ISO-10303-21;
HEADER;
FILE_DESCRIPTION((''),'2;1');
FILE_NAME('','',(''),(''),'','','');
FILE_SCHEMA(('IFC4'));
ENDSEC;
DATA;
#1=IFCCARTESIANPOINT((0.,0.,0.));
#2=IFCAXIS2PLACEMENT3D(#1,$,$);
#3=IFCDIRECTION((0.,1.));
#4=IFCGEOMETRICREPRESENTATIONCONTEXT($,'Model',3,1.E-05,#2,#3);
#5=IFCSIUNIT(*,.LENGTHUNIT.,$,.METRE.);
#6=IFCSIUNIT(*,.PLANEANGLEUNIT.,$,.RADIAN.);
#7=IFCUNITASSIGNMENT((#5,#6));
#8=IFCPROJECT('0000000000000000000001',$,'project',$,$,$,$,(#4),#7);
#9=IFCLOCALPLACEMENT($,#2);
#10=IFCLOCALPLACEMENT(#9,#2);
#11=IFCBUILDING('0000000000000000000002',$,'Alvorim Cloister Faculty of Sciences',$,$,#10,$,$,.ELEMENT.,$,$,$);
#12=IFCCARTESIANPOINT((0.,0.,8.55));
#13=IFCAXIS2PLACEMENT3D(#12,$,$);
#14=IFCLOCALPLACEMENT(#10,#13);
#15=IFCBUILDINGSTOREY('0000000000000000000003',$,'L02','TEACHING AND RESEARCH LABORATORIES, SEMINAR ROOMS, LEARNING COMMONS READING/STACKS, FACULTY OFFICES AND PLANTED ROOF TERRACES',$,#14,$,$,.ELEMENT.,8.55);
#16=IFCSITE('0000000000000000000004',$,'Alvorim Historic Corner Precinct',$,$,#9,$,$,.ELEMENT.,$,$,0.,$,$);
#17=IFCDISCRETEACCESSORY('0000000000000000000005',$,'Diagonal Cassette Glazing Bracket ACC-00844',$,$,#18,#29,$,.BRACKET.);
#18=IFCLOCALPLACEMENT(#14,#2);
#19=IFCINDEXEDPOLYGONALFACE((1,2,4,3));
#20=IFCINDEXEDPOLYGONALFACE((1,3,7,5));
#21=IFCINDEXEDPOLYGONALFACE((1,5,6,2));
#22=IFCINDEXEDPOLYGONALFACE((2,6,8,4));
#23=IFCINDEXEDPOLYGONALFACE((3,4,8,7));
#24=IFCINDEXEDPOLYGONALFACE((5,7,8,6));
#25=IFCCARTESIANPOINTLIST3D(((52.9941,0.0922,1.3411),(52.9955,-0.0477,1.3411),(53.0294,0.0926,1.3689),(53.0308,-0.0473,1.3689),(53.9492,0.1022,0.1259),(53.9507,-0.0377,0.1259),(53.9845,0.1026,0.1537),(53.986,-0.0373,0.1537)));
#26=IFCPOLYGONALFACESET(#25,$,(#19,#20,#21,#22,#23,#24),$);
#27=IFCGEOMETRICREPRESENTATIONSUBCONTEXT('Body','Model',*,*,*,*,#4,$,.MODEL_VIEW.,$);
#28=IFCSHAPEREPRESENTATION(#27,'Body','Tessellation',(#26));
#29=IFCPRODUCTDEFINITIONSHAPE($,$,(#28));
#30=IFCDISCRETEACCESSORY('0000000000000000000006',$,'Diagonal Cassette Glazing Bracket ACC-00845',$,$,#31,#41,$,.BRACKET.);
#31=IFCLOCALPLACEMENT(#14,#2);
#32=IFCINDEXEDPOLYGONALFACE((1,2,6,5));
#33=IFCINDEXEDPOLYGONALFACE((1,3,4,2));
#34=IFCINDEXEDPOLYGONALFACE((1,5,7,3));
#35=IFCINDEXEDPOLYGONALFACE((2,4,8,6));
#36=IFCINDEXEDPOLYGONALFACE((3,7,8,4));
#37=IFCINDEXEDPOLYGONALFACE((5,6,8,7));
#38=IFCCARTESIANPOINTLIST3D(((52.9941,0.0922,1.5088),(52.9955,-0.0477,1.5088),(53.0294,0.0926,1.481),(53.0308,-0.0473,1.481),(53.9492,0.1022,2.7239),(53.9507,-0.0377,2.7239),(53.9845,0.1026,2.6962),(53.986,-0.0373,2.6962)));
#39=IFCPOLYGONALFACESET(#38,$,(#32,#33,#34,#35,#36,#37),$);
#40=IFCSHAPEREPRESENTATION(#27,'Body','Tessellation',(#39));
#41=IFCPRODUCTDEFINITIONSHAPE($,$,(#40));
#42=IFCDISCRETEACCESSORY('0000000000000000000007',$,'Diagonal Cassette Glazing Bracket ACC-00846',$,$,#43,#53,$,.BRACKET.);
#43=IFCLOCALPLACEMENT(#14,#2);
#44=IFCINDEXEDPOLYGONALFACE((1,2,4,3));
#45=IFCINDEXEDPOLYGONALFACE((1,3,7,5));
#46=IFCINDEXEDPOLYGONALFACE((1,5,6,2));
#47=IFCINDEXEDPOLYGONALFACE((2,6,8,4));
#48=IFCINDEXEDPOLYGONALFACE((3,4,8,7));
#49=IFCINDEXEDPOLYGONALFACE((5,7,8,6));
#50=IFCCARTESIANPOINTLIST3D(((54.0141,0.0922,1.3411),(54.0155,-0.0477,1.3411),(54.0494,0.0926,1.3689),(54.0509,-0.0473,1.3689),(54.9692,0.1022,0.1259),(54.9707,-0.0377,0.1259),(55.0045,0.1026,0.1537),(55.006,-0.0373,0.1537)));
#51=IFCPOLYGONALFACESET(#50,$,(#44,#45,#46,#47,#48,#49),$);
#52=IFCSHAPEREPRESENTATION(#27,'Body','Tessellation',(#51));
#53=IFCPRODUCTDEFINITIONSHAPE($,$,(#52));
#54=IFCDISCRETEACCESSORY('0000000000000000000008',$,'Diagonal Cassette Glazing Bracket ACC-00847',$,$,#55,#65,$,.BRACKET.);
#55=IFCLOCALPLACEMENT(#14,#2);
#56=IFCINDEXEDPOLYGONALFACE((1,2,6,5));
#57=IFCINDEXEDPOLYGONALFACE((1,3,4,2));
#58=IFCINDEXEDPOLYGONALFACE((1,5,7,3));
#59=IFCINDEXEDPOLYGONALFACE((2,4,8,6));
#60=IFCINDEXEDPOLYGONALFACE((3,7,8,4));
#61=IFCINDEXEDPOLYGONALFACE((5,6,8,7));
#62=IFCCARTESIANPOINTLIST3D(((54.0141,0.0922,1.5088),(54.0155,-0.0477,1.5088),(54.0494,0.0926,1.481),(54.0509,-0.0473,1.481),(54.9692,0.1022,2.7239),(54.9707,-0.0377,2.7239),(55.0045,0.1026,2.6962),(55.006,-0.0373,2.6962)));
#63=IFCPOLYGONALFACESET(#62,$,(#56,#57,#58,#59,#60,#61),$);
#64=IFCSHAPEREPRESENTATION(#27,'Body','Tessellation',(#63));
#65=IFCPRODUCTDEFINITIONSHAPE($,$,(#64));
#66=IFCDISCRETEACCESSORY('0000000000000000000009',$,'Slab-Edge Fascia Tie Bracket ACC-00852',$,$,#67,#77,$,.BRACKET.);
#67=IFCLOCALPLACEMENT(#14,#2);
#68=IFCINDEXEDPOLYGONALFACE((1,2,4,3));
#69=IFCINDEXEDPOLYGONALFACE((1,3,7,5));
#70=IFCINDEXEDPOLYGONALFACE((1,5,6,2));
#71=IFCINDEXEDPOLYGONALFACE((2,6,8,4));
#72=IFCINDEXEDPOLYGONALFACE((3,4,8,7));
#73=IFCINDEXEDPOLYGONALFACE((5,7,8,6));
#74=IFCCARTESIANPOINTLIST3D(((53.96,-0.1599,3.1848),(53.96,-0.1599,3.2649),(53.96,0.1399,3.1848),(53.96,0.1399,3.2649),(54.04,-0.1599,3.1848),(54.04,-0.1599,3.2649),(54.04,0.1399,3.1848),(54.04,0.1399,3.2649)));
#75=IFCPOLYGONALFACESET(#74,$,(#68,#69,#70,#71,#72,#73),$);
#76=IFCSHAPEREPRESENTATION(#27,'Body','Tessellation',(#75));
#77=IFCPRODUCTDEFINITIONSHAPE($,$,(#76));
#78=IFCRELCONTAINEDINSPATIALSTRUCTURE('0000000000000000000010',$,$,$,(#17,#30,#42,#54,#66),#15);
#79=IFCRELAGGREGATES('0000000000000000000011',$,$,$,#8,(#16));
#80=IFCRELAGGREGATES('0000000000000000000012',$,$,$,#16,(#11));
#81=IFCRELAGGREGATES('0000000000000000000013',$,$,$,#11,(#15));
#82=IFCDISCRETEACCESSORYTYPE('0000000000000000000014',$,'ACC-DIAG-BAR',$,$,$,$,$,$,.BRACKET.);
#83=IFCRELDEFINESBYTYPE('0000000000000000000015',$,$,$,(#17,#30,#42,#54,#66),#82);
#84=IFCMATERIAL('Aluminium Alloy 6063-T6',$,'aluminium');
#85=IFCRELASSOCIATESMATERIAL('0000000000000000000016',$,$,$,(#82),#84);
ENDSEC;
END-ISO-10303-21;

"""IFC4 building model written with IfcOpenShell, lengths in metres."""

from ifc_helpers import new_model, si_unit, direction, frame, origin, origin_2d, place, context, subcontext, project, spatial, rectangle, extrude, material, type_object, element, save


model = new_model("IFC4")

# Units and contexts
model_context = context("Model", 3, precision=1e-05, world=origin(), true_north=direction((0.0, 1.0)))
body_context = subcontext(model_context, "Body", "Model", "MODEL_VIEW")
ifc_project = project(units=[si_unit("LENGTHUNIT", "METRE"), si_unit("PLANEANGLEUNIT", "RADIAN")], contexts=[model_context])

# Site, building, storey
site_placement = place(None, origin())
site = spatial("IfcSite", under=ifc_project, at=site_placement, Name="Alvorim Historic Corner Precinct", CompositionType="ELEMENT", RefElevation=0.0)
building_placement = place(site_placement, origin())
building = spatial("IfcBuilding", under=site, at=building_placement, Name="Alvorim Cloister Faculty of Sciences", CompositionType="ELEMENT")
storey_placement = place(building_placement, frame((0.0, 0.0, 8.55)))
storey = spatial("IfcBuildingStorey", under=building, at=storey_placement, Name="L02", Description="TEACHING AND RESEARCH LABORATORIES, SEMINAR ROOMS, LEARNING COMMONS READING/STACKS, FACULTY OFFICES AND PLANTED ROOF TERRACES", CompositionType="ELEMENT", Elevation=8.55)

# Shared definitions
ifc_material_1 = material(Name="Aluminium Alloy 6063-T6", Category="aluminium")

# Discrete accessories
discrete_accessory_type = type_object("IfcDiscreteAccessoryType", Name="ACC-DIAG-BAR", PredefinedType="BRACKET", material=ifc_material_1)
for number, where, z_axis, x_axis, name in (
    (1, (53.0125, 0.0225, 1.355), (0.617955, 0.006477, -0.786187), (-0.01048, 0.999945, 0.0), "Diagonal Cassette Glazing Bracket ACC-00844"),
    (2, (53.0125, 0.0225, 1.4949), (0.617955, 0.006477, 0.786187), (-0.01048, 0.999945, 0.0), "Diagonal Cassette Glazing Bracket ACC-00845"),
    (3, (54.0325, 0.0225, 1.355), (0.617955, 0.006477, -0.786187), (-0.01048, 0.999945, 0.0), "Diagonal Cassette Glazing Bracket ACC-00846"),
    (4, (54.0325, 0.0225, 1.4949), (0.617955, 0.006477, 0.786187), (-0.01048, 0.999945, 0.0), "Diagonal Cassette Glazing Bracket ACC-00847"),
):
    element("IfcDiscreteAccessory", number, at=place(storey_placement, frame(where, z_axis=z_axis, x_axis=x_axis)), inside=storey, type_object=discrete_accessory_type, Name=name, PredefinedType="BRACKET", context=body_context, shape_type="SweptSolid", body=[
        extrude(rectangle(XDim=0.1399, YDim=0.0449, at=origin_2d()), origin(), (0.0, 0.0, 1.0), 1.5457),
    ])
discrete_accessory_placement = place(storey_placement, frame((54.0, 0.1399, 3.2249), z_axis=(0.0, -1.0, 0.0), x_axis=(1.0, 0.0, 0.0)))
element("IfcDiscreteAccessory", 5, at=discrete_accessory_placement, inside=storey, type_object=discrete_accessory_type, Name="Slab-Edge Fascia Tie Bracket ACC-00852", PredefinedType="BRACKET", context=body_context, shape_type="SweptSolid", body=[
    extrude(rectangle(XDim=0.0801, YDim=0.0801, at=origin_2d()), origin(), (0.0, 0.0, 1.0), 0.2998),
])

save(model, "model.ifc")
